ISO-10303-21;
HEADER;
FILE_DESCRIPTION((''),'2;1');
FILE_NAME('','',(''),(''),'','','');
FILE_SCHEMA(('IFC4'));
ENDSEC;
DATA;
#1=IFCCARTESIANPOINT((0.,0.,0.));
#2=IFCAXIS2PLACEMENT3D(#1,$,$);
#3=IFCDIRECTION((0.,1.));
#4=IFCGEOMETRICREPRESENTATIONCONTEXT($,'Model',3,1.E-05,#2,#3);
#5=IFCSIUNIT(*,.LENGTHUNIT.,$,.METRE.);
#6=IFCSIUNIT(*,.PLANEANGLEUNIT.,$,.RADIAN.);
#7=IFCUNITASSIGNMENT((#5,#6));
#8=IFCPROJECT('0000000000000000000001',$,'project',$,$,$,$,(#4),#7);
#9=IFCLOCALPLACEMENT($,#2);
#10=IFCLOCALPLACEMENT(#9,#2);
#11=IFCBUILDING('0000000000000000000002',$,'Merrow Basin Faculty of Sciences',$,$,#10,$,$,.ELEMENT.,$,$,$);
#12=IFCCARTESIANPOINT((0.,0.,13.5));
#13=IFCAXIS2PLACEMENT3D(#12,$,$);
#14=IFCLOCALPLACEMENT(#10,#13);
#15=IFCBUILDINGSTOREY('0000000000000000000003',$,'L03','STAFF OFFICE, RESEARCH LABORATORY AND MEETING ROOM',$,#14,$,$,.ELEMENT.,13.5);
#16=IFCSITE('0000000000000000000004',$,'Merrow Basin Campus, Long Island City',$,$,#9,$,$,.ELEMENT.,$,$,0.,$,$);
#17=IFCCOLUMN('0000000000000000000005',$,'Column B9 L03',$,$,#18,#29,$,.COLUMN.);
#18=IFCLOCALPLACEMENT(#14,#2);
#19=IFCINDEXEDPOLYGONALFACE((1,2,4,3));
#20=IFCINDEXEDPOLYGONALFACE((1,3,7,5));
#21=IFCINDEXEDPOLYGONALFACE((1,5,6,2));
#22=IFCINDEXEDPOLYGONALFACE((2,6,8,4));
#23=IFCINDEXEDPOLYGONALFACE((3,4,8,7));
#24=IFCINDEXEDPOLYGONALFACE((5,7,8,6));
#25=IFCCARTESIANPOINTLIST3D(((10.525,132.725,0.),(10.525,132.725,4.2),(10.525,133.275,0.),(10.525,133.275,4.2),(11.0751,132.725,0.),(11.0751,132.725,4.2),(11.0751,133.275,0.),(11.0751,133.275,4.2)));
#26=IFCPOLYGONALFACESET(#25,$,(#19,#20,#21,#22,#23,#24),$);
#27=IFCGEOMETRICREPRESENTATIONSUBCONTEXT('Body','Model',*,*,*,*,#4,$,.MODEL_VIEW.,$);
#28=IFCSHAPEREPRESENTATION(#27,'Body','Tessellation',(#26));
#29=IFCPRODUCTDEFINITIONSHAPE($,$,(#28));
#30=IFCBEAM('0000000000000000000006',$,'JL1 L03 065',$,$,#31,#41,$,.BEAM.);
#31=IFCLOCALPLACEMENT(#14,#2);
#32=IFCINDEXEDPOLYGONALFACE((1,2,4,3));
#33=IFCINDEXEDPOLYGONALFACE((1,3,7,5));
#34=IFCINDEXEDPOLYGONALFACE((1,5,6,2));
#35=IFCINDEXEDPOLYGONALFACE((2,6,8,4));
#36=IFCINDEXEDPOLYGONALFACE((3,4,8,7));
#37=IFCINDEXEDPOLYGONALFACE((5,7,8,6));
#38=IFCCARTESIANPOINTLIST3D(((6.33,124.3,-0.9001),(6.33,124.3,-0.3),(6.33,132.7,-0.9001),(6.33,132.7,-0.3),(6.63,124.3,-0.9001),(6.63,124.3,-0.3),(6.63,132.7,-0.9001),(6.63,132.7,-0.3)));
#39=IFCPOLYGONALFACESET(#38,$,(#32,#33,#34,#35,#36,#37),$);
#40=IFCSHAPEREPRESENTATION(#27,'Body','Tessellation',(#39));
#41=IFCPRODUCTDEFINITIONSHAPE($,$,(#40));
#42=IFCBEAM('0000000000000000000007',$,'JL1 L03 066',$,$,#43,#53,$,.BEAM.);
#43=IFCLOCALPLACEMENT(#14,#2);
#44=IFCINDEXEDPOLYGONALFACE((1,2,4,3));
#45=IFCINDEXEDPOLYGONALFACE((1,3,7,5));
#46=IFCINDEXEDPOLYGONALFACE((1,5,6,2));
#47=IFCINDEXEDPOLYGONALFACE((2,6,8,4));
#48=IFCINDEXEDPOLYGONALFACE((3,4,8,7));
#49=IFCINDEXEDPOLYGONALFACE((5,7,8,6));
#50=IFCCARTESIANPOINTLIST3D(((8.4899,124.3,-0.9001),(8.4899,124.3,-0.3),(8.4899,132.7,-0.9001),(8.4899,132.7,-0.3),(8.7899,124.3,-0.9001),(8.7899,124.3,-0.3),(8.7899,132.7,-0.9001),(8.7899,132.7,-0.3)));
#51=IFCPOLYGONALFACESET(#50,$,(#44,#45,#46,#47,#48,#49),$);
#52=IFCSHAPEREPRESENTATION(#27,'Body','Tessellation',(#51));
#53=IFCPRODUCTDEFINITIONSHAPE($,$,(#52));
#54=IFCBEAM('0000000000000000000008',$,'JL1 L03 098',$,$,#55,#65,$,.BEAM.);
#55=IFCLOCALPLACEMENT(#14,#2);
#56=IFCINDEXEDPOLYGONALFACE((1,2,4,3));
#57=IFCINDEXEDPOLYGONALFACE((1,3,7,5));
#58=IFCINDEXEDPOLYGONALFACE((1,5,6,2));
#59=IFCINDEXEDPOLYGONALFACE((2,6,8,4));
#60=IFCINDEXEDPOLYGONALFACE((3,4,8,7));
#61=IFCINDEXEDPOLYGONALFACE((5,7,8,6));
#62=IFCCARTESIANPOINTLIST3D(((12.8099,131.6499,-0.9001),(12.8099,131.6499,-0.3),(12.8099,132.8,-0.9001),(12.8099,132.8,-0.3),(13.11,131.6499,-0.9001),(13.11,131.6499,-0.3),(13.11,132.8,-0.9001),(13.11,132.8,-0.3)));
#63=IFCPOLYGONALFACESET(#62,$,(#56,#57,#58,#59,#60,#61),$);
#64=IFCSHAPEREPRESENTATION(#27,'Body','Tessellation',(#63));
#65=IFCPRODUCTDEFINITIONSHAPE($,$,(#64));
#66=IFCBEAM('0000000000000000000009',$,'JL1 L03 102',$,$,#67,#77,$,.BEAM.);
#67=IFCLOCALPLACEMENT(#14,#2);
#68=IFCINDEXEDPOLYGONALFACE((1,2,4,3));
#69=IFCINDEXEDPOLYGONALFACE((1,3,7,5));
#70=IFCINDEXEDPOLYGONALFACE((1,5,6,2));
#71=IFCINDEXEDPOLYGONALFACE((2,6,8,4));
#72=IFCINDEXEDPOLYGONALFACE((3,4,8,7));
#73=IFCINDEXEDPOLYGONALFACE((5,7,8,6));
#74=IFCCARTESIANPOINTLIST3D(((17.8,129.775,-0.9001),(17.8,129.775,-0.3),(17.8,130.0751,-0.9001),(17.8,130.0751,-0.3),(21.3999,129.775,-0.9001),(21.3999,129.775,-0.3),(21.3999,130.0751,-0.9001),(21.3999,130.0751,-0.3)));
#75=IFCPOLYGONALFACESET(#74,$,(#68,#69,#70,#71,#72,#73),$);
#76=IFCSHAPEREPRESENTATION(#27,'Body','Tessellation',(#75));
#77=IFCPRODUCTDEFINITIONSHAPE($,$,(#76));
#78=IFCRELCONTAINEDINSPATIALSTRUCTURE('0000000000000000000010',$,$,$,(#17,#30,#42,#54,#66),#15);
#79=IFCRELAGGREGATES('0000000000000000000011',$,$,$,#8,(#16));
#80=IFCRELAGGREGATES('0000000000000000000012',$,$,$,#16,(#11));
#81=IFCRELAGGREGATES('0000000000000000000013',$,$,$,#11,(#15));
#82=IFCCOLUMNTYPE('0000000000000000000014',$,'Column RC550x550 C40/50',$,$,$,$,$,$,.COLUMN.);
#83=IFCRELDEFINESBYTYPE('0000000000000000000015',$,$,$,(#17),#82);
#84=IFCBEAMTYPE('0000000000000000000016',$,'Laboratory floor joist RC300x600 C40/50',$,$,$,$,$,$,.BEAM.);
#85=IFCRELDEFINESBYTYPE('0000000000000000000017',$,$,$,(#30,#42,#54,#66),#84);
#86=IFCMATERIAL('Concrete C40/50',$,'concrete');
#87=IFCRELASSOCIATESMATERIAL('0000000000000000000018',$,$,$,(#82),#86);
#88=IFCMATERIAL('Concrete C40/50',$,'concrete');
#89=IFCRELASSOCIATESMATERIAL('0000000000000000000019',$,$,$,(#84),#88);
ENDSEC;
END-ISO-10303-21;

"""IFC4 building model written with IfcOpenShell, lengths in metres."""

from ifc_helpers import new_model, si_unit, direction, frame, origin, origin_2d, place, context, subcontext, project, spatial, rectangle, extrude, material, material_profile, profile_set, type_object, element, save


model = new_model("IFC4")

# Units and contexts
model_context = context("Model", 3, precision=1e-05, world=origin(), true_north=direction((0.0, 1.0)))
body_context = subcontext(model_context, "Body", "Model", "MODEL_VIEW")
ifc_project = project(units=[si_unit("LENGTHUNIT", "METRE"), si_unit("PLANEANGLEUNIT", "RADIAN")], contexts=[model_context])

# Site, building, storey
site_placement = place(None, origin())
site = spatial("IfcSite", under=ifc_project, at=site_placement, Name="Merrow Basin Campus, Long Island City", CompositionType="ELEMENT", RefElevation=0.0)
building_placement = place(site_placement, origin())
building = spatial("IfcBuilding", under=site, at=building_placement, Name="Merrow Basin Faculty of Sciences", CompositionType="ELEMENT")
storey_placement = place(building_placement, frame((0.0, 0.0, 13.5)))
storey = spatial("IfcBuildingStorey", under=building, at=storey_placement, Name="L03", Description="STAFF OFFICE, RESEARCH LABORATORY AND MEETING ROOM", CompositionType="ELEMENT", Elevation=13.5)

# Column
ifc_material_1 = material(Name="Concrete C40/50", Category="concrete")
ifc_material_profile_1 = material_profile(ifc_material_1, rectangle(XDim=0.55, YDim=0.55, at=origin_2d()))
ifc_profile_set_1 = profile_set([ifc_material_profile_1], Name="Concrete C40/50")
column_type = type_object("IfcColumnType", Name="Column RC550x550 C40/50", PredefinedType="COLUMN", material=ifc_profile_set_1)
column_placement = place(storey_placement, frame((10.8, 133.0, 0.0), z_axis=(0.0, 0.0, 1.0), x_axis=(1.0, 0.0, 0.0)))
element("IfcColumn", 1, at=column_placement, inside=storey, type_object=column_type, Name="Column B9 L03", PredefinedType="COLUMN", context=body_context, shape_type="SweptSolid", body=[
    extrude(rectangle(XDim=0.55, YDim=0.55, at=origin_2d()), origin(), (0.0, 0.0, 1.0), 4.2),
])

# Beams
ifc_material_2 = material(Name="Concrete C40/50", Category="concrete")
ifc_material_profile_2 = material_profile(ifc_material_2, rectangle(XDim=0.3, YDim=0.6001, at=origin_2d()))
ifc_profile_set_2 = profile_set([ifc_material_profile_2], Name="Concrete C40/50")
beam_type = type_object("IfcBeamType", Name="Laboratory floor joist RC300x600 C40/50", PredefinedType="BEAM", material=ifc_profile_set_2)
for number, where, z_axis, x_axis, name in (
    (2, (6.48, 124.3, -0.6001), (0.0, 1.0, 0.0), (-1.0, 0.0, 0.0), "JL1 L03 065"),
    (3, (8.6399, 124.3, -0.6001), (0.0, 1.0, 0.0), (-1.0, 0.0, 0.0), "JL1 L03 066"),
):
    element("IfcBeam", number, at=place(storey_placement, frame(where, z_axis=z_axis, x_axis=x_axis)), inside=storey, type_object=beam_type, Name=name, PredefinedType="BEAM", context=body_context, shape_type="SweptSolid", body=[
        extrude(rectangle(XDim=0.3, YDim=0.6001, at=origin_2d()), origin(), (0.0, 0.0, 1.0), 8.3999),
    ])
beam_1_placement = place(storey_placement, frame((12.96, 131.6499, -0.6001), z_axis=(0.0, 1.0, 0.0), x_axis=(-1.0, 0.0, 0.0)))
element("IfcBeam", 4, at=beam_1_placement, inside=storey, type_object=beam_type, Name="JL1 L03 098", PredefinedType="BEAM", context=body_context, shape_type="SweptSolid", body=[
    extrude(rectangle(XDim=0.3, YDim=0.6001, at=origin_2d()), origin(), (0.0, 0.0, 1.0), 1.1501),
])
beam_2_placement = place(storey_placement, frame((17.8, 129.925, -0.6001), z_axis=(1.0, 0.0, 0.0), x_axis=(0.0, 1.0, 0.0)))
element("IfcBeam", 5, at=beam_2_placement, inside=storey, type_object=beam_type, Name="JL1 L03 102", PredefinedType="BEAM", context=body_context, shape_type="SweptSolid", body=[
    extrude(rectangle(XDim=0.3, YDim=0.6001, at=origin_2d()), origin(), (0.0, 0.0, 1.0), 3.5999),
])

save(model, "model.ifc")
